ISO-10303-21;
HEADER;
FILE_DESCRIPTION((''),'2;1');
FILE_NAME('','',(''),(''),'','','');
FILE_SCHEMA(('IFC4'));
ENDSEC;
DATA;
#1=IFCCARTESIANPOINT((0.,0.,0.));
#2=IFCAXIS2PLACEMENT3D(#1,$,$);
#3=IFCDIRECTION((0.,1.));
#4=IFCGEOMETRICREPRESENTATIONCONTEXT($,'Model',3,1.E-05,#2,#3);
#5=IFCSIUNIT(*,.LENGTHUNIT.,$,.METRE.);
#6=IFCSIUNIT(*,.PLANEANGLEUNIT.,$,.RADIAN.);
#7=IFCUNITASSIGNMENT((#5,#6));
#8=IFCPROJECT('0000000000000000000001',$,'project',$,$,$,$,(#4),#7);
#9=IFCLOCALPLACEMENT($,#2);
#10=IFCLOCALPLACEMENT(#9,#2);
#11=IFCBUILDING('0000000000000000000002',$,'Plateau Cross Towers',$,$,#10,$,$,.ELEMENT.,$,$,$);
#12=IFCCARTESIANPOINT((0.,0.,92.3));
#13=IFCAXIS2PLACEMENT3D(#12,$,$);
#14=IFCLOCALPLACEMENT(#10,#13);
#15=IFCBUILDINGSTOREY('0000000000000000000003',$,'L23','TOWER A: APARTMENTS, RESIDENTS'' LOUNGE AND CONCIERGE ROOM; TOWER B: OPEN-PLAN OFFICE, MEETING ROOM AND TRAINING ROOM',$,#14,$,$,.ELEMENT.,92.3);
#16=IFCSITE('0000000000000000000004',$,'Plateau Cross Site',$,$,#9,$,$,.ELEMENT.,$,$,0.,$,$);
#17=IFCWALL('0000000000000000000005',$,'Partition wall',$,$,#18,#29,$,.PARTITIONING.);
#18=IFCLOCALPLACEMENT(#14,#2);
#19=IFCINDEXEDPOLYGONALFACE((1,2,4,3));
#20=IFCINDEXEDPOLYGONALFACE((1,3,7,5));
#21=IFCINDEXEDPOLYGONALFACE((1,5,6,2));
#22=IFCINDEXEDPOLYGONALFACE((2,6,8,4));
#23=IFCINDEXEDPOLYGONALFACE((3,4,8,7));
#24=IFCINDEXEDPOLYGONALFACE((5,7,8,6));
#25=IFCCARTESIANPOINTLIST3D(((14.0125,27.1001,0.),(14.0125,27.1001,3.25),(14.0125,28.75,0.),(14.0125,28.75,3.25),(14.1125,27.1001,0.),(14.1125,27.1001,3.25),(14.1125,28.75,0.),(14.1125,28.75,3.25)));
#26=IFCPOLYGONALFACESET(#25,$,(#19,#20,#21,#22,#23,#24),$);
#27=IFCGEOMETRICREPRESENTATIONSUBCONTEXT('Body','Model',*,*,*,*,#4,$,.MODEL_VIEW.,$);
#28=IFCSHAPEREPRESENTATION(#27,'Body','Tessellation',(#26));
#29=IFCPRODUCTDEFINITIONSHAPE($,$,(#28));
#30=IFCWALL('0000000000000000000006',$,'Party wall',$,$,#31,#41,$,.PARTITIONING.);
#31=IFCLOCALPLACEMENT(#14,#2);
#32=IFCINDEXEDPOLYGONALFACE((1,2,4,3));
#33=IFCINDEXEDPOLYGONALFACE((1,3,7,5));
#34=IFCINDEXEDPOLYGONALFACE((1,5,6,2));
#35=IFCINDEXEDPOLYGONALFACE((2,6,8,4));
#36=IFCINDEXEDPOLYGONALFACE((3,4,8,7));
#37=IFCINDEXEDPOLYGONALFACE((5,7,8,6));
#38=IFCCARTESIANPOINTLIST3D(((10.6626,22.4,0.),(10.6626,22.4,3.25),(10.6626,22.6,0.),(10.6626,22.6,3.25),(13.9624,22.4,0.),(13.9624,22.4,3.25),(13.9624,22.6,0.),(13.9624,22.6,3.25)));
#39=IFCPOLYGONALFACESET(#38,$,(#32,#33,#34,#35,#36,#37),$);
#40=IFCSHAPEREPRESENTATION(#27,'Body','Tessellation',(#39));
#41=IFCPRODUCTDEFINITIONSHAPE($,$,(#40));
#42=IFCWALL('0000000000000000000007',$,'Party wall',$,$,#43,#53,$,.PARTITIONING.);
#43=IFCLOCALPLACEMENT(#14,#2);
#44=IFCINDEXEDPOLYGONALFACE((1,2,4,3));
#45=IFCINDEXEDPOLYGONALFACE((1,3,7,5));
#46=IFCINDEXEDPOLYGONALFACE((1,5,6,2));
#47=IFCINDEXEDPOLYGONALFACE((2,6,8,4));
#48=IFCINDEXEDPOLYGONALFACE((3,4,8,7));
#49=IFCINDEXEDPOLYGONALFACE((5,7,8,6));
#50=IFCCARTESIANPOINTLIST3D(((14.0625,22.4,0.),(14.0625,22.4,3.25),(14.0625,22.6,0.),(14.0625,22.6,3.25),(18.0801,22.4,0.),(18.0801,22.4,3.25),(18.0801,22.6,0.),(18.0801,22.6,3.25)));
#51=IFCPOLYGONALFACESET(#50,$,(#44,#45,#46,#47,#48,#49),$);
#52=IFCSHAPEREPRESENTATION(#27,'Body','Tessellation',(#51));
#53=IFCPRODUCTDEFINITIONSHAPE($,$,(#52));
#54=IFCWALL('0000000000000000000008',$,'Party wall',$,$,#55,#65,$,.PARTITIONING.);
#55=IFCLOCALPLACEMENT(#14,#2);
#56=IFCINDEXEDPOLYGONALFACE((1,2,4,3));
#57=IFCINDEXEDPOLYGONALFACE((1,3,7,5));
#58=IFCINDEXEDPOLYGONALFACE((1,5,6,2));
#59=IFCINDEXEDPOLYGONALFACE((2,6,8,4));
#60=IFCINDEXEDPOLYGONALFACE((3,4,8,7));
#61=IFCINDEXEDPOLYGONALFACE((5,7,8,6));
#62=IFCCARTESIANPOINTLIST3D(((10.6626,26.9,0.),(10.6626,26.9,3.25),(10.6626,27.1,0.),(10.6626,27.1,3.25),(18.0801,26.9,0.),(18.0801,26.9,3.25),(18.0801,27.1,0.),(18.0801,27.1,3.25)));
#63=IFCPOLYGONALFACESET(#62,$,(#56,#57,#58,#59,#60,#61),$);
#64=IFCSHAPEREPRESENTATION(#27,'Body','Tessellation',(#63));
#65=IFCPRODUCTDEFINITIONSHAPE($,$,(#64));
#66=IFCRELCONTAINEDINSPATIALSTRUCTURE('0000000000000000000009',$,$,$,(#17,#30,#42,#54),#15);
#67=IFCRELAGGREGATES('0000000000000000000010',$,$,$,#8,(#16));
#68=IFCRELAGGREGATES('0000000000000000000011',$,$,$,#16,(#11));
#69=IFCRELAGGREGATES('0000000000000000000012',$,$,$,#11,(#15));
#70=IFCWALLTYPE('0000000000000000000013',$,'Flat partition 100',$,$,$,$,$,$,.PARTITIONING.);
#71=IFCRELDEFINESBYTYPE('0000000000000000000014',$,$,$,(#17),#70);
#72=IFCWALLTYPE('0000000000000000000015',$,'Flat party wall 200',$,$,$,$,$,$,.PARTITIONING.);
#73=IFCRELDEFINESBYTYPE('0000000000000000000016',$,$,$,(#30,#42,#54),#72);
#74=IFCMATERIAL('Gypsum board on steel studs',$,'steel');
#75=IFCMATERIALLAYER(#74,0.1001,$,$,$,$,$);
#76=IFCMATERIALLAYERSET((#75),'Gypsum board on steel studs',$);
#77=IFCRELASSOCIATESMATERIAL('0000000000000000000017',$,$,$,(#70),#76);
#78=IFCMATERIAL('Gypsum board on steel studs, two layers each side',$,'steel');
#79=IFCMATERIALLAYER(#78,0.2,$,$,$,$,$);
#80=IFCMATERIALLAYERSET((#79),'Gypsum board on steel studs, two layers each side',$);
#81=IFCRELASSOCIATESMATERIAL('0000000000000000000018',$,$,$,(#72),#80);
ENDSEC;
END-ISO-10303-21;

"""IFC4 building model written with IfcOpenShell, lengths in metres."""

from ifc_helpers import new_model, si_unit, direction, frame, frame_2d, origin, place, context, subcontext, project, spatial, rectangle, extrude, material, layer, layer_set, type_object, element, save


model = new_model("IFC4")

# Units and contexts
model_context = context("Model", 3, precision=1e-05, world=origin(), true_north=direction((0.0, 1.0)))
body_context = subcontext(model_context, "Body", "Model", "MODEL_VIEW")
ifc_project = project(units=[si_unit("LENGTHUNIT", "METRE"), si_unit("PLANEANGLEUNIT", "RADIAN")], contexts=[model_context])

# Site, building, storey
site_placement = place(None, origin())
site = spatial("IfcSite", under=ifc_project, at=site_placement, Name="Plateau Cross Site", CompositionType="ELEMENT", RefElevation=0.0)
building_placement = place(site_placement, origin())
building = spatial("IfcBuilding", under=site, at=building_placement, Name="Plateau Cross Towers", CompositionType="ELEMENT")
storey_placement = place(building_placement, frame((0.0, 0.0, 92.3)))
storey = spatial("IfcBuildingStorey", under=building, at=storey_placement, Name="L23", Description="TOWER A: APARTMENTS, RESIDENTS' LOUNGE AND CONCIERGE ROOM; TOWER B: OPEN-PLAN OFFICE, MEETING ROOM AND TRAINING ROOM", CompositionType="ELEMENT", Elevation=92.3)

# Shared definitions
ifc_material_1 = material(Name="Gypsum board on steel studs", Category="steel")
ifc_layer_1 = layer(ifc_material_1, 0.1001)
ifc_layer_set_1 = layer_set([ifc_layer_1], Name="Gypsum board on steel studs")
wall_type_1 = type_object("IfcWallType", Name="Flat partition 100", PredefinedType="PARTITIONING", material=ifc_layer_set_1)

# Walls
wall_1_placement = place(storey_placement, frame((14.0625, 27.1001, 0.0), z_axis=(0.0, 0.0, 1.0), x_axis=(0.0, 1.0, 0.0)))
element("IfcWall", 1, at=wall_1_placement, inside=storey, type_object=wall_type_1, Name="Partition wall", PredefinedType="PARTITIONING", context=body_context, shape_type="SweptSolid", body=[
    extrude(rectangle(XDim=1.6499, YDim=0.1001, at=frame_2d((0.825, 0.0))), origin(), (0.0, 0.0, 1.0), 3.25),
])
ifc_material_2 = material(Name="Gypsum board on steel studs, two layers each side", Category="steel")
ifc_layer_2 = layer(ifc_material_2, 0.2)
ifc_layer_set_2 = layer_set([ifc_layer_2], Name="Gypsum board on steel studs, two layers each side")
wall_type_2 = type_object("IfcWallType", Name="Flat party wall 200", PredefinedType="PARTITIONING", material=ifc_layer_set_2)
wall_2_placement = place(storey_placement, frame((13.9624, 22.5, 0.0), z_axis=(0.0, 0.0, 1.0), x_axis=(-1.0, 0.0, 0.0)))
element("IfcWall", 2, at=wall_2_placement, inside=storey, type_object=wall_type_2, Name="Party wall", PredefinedType="PARTITIONING", context=body_context, shape_type="SweptSolid", body=[
    extrude(rectangle(XDim=3.2998, YDim=0.2, at=frame_2d((1.6499, 0.0))), origin(), (0.0, 0.0, 1.0), 3.25),
])
wall_3_placement = place(storey_placement, frame((14.0625, 22.5, 0.0), z_axis=(0.0, 0.0, 1.0), x_axis=(1.0, 0.0, 0.0)))
element("IfcWall", 3, at=wall_3_placement, inside=storey, type_object=wall_type_2, Name="Party wall", PredefinedType="PARTITIONING", context=body_context, shape_type="SweptSolid", body=[
    extrude(rectangle(XDim=4.0176, YDim=0.2, at=frame_2d((2.0088, 0.0))), origin(), (0.0, 0.0, 1.0), 3.25),
])
wall_4_placement = place(storey_placement, frame((18.0801, 27.0, 0.0), z_axis=(0.0, 0.0, 1.0), x_axis=(-1.0, 0.0, 0.0)))
element("IfcWall", 4, at=wall_4_placement, inside=storey, type_object=wall_type_2, Name="Party wall", PredefinedType="PARTITIONING", context=body_context, shape_type="SweptSolid", body=[
    extrude(rectangle(XDim=7.4175, YDim=0.2, at=frame_2d((3.7087, 0.0))), origin(), (0.0, 0.0, 1.0), 3.25),
])

save(model, "model.ifc")
